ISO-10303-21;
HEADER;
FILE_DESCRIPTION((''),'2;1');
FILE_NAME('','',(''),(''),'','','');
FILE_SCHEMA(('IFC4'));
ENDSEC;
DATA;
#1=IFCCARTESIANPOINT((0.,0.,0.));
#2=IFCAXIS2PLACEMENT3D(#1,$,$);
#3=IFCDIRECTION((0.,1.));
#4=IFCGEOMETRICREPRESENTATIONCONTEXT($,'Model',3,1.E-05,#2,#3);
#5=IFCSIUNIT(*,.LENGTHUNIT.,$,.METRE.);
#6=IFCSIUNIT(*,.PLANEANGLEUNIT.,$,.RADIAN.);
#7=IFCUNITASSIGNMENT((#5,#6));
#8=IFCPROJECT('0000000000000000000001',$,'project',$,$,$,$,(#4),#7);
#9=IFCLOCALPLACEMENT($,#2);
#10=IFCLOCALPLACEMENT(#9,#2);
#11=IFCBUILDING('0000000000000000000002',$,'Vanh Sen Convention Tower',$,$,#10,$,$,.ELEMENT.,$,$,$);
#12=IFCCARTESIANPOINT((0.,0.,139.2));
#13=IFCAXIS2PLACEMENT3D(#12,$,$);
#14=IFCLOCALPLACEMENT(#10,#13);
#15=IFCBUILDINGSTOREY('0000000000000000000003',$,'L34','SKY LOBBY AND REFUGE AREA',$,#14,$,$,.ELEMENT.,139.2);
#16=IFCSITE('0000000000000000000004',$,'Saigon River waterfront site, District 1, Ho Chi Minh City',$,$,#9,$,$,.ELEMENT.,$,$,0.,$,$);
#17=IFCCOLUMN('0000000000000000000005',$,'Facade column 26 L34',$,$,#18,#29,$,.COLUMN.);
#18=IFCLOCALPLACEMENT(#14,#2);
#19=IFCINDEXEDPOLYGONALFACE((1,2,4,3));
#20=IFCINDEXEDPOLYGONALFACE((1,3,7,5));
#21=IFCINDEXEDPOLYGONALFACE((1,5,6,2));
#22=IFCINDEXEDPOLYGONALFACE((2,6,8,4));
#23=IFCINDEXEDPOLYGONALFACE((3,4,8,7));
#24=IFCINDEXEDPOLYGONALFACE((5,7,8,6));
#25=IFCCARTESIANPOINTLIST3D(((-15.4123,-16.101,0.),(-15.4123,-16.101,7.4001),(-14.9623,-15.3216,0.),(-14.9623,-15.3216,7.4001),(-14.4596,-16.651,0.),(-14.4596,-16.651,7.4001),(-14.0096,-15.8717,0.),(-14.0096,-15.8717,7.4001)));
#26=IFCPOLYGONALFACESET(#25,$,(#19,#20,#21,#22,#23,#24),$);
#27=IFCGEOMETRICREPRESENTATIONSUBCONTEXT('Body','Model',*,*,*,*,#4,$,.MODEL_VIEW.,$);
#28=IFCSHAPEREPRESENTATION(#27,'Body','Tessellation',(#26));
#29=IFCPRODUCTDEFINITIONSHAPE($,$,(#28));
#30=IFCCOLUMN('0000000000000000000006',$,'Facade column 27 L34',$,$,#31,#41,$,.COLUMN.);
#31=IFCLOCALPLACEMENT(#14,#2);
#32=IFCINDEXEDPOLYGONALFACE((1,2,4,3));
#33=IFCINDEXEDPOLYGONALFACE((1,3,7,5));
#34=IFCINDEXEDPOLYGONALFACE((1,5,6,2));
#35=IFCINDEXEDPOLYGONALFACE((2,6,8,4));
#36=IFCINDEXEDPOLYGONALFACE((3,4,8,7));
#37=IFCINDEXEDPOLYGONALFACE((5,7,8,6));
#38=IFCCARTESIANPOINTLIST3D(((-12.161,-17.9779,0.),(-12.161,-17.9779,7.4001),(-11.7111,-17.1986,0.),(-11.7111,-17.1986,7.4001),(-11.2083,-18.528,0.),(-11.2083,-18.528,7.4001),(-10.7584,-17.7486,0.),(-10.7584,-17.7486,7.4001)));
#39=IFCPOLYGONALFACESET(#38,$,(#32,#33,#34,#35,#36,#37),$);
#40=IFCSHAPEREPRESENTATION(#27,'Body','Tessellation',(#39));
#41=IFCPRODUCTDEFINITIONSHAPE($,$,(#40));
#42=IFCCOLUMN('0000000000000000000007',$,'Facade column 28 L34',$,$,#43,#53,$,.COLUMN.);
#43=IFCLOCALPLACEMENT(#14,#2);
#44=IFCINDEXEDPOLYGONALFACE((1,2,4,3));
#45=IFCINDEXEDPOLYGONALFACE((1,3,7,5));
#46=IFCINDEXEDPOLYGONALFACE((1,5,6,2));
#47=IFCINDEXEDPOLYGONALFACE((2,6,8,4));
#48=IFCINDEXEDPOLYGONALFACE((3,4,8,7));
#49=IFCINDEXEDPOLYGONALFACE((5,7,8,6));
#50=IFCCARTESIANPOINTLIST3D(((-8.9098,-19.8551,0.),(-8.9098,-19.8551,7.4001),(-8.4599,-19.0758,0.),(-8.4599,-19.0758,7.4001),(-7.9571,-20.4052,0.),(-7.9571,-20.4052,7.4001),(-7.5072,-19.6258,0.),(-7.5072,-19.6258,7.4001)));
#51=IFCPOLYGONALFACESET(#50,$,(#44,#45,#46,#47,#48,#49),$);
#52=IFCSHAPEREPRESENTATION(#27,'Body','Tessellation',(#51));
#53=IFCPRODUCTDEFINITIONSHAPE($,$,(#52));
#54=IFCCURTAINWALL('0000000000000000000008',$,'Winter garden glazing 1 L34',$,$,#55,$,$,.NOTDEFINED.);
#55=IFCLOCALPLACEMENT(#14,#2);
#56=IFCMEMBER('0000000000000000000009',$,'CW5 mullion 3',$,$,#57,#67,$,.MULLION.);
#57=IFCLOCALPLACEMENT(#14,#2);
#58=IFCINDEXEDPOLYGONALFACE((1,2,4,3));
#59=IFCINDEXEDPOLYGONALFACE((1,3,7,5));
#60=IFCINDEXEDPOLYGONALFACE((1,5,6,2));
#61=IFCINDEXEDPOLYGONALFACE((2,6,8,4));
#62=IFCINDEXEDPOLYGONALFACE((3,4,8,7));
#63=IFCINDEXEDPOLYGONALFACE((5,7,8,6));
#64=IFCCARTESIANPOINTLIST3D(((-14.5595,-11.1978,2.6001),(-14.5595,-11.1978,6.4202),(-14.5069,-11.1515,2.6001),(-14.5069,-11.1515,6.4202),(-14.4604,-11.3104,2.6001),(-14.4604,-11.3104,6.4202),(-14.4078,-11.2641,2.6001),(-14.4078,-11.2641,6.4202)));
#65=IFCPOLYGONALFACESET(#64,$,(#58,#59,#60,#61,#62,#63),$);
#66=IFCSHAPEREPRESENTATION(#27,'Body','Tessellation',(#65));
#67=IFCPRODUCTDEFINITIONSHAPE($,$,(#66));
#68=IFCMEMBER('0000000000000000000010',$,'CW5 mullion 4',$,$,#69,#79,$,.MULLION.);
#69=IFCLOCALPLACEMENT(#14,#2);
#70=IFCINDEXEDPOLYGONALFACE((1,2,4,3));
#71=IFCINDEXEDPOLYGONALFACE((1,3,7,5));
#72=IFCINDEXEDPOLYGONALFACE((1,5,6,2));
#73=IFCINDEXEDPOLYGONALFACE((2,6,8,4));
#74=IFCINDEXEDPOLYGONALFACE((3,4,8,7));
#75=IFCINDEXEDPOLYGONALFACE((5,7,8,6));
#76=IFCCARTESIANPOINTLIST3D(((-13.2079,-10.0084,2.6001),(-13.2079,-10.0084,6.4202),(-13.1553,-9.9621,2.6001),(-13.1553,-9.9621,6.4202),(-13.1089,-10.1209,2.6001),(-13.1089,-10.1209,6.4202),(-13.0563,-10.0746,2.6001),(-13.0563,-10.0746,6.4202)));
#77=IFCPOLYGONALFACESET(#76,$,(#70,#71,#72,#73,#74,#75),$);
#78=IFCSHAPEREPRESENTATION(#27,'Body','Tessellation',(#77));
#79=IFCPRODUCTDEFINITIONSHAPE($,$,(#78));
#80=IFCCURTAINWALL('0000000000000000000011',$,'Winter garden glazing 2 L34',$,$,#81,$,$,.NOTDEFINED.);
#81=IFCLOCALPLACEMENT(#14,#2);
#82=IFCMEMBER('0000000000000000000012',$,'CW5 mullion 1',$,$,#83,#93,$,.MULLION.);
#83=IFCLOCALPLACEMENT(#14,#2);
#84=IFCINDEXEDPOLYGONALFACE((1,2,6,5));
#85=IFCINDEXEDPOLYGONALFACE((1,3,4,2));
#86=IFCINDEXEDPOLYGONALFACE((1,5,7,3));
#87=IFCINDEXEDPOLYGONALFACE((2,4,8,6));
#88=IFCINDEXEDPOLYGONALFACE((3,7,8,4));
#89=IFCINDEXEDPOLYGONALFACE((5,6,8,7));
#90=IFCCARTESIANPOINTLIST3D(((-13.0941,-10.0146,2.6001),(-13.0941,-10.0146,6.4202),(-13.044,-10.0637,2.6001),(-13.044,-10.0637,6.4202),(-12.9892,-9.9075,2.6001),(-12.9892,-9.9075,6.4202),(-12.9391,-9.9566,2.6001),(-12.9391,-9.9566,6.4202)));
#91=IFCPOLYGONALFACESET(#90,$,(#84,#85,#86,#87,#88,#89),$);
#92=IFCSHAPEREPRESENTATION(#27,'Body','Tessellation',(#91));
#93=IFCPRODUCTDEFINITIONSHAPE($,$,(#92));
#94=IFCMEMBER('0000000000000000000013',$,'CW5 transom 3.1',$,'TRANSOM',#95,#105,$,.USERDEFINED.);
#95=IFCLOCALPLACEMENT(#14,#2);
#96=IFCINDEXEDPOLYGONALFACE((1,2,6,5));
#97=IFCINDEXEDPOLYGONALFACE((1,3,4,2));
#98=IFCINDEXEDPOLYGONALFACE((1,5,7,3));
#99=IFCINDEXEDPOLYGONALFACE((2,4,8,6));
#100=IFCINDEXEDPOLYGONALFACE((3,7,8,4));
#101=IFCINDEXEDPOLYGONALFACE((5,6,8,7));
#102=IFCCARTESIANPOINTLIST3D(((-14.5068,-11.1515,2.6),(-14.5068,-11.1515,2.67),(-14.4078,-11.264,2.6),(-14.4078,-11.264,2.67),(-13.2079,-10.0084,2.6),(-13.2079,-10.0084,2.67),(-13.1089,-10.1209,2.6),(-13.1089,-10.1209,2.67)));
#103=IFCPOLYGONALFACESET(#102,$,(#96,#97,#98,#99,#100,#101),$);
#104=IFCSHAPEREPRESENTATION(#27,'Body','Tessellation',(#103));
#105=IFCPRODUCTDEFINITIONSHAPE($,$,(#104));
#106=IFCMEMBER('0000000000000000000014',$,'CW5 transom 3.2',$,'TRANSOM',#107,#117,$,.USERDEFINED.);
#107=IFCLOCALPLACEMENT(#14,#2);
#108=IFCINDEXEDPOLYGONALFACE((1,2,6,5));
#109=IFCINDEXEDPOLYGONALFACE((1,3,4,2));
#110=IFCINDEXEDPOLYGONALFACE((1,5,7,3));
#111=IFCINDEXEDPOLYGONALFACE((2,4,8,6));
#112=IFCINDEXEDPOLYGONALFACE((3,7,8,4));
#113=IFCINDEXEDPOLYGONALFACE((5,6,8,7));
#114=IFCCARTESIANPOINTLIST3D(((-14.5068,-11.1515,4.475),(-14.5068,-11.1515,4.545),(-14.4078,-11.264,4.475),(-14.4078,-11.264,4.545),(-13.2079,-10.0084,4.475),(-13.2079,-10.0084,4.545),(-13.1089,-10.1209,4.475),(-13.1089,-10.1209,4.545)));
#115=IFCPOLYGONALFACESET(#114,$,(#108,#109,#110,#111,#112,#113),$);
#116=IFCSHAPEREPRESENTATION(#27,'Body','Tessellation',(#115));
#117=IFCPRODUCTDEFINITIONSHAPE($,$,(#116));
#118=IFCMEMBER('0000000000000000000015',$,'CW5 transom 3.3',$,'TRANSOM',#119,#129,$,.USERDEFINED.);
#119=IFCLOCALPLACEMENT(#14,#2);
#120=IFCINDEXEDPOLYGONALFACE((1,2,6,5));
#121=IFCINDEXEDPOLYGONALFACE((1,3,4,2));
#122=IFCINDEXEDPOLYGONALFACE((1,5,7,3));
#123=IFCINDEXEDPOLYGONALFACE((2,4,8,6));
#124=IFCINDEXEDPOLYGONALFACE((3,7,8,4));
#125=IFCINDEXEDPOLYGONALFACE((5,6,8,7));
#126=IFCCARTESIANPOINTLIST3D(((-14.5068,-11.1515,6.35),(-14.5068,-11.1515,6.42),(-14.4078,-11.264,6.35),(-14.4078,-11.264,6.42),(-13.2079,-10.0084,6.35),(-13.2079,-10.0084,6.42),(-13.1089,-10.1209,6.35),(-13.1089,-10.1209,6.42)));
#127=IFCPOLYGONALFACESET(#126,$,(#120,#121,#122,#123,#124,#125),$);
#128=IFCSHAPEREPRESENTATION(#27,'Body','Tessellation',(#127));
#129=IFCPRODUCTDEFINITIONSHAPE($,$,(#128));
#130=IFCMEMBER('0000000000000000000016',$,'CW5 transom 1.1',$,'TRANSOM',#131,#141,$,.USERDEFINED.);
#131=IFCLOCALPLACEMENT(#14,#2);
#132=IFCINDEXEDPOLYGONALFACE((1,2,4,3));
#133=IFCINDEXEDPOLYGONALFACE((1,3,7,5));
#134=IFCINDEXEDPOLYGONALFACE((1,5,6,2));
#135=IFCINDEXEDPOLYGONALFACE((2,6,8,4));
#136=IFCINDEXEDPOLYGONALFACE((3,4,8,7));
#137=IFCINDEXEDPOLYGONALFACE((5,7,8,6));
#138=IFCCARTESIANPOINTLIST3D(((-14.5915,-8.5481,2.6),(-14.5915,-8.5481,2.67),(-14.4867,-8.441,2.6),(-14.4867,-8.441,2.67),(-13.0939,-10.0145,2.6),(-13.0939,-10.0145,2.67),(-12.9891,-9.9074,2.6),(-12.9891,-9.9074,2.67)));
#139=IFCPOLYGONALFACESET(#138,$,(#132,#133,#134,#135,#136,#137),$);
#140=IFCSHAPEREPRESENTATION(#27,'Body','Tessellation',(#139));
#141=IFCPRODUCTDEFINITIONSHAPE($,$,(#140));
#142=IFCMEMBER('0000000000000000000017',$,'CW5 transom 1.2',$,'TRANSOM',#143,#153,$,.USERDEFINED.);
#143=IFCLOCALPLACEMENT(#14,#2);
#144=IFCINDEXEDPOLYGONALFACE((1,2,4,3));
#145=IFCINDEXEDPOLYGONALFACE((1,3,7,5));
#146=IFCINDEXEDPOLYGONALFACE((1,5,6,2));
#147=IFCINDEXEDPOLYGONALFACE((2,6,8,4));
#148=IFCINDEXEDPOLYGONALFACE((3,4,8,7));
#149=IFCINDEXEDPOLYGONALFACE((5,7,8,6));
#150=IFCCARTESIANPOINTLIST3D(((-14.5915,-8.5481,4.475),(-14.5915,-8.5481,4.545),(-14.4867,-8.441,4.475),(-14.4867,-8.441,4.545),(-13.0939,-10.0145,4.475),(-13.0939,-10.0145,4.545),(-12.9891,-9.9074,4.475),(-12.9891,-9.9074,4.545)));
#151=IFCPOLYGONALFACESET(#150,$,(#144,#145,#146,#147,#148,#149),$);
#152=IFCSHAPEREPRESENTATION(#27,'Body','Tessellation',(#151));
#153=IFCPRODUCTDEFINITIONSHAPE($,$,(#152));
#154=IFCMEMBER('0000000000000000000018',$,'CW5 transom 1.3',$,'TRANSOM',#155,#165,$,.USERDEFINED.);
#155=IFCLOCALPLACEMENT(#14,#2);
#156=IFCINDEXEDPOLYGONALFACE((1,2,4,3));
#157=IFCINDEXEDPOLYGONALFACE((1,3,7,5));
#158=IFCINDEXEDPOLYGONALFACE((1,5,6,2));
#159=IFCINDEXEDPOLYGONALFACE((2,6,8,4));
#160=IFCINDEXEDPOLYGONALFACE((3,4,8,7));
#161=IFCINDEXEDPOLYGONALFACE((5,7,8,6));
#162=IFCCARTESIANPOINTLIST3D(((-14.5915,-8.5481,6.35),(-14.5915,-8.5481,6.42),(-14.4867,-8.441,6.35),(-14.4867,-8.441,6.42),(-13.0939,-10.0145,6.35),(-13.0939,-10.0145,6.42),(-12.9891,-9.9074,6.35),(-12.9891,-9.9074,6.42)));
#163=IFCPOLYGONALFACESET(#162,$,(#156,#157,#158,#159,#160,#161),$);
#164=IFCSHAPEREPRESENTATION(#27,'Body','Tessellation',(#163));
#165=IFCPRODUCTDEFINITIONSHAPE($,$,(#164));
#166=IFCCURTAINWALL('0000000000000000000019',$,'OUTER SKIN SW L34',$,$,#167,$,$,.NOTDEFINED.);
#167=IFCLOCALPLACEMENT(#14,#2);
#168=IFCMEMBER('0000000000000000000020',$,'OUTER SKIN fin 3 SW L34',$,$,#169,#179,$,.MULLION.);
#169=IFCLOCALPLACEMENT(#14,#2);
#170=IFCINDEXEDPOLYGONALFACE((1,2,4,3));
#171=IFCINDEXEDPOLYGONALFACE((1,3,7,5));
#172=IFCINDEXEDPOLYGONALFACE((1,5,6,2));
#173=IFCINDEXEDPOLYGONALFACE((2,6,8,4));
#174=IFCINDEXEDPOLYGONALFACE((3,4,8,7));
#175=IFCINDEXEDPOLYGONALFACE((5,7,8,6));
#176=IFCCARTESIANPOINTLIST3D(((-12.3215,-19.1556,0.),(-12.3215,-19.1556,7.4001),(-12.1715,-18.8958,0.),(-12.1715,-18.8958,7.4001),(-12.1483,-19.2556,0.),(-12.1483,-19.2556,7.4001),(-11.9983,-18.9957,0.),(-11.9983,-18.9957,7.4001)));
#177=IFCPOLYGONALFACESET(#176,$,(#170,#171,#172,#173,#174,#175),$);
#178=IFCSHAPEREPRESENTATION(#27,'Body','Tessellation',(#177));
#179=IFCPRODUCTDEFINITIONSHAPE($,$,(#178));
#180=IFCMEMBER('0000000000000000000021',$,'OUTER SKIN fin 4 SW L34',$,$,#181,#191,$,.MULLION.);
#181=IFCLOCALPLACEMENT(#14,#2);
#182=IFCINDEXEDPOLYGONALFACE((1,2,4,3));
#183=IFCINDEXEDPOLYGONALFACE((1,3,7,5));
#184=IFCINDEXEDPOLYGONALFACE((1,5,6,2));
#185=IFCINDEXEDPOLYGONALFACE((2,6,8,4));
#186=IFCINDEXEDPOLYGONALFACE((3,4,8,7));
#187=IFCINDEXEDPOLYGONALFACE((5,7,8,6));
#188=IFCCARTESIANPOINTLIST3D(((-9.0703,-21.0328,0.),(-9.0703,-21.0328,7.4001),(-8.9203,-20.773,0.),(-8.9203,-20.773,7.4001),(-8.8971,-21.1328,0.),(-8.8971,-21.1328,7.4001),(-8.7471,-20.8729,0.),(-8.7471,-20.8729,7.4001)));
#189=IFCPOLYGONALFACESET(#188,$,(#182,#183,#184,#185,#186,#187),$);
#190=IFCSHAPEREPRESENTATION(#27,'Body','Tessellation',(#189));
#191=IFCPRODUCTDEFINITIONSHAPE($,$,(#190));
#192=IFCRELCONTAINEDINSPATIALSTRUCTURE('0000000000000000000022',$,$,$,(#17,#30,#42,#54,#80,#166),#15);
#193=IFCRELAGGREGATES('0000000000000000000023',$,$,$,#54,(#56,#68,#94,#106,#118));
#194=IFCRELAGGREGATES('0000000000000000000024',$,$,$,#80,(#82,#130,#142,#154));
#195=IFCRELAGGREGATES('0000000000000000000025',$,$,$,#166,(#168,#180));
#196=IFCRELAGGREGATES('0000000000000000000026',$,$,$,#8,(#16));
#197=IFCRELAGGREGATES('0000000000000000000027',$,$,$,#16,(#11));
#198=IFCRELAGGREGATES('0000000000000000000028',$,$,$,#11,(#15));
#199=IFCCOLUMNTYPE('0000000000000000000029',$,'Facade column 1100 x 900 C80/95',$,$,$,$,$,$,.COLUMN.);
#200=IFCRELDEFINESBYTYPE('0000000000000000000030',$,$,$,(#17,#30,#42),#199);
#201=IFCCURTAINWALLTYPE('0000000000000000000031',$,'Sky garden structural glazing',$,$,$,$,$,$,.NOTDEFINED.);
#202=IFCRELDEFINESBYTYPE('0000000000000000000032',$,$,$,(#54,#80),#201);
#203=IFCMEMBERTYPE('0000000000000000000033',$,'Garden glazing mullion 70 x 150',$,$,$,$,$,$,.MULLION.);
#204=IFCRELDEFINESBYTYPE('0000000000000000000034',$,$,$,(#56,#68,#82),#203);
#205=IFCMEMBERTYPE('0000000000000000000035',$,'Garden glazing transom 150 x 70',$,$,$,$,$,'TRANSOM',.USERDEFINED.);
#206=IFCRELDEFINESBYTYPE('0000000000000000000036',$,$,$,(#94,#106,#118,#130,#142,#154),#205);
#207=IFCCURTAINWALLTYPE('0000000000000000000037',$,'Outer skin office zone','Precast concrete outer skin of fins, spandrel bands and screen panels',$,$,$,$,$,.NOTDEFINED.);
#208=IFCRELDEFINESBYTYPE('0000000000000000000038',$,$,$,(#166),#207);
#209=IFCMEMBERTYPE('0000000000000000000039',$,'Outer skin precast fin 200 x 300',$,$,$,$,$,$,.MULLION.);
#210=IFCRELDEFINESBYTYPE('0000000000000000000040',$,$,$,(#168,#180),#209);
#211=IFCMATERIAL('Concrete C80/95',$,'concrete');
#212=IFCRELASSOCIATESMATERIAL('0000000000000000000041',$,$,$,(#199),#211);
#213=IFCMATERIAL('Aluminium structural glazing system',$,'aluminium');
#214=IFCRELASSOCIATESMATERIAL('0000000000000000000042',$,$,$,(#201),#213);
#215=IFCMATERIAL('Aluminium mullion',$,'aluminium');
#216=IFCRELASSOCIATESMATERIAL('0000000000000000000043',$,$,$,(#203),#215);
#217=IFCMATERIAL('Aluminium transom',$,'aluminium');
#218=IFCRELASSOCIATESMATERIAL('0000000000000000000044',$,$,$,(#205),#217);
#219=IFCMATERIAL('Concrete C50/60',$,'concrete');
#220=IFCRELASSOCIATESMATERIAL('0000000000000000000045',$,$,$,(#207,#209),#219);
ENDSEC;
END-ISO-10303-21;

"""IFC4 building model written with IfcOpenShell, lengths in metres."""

from ifc_helpers import new_model, si_unit, direction, frame, origin, origin_2d, place, context, subcontext, project, spatial, rectangle, extrude, material, material_profile, profile_set, type_object, element, aggregate, save


model = new_model("IFC4")

# Units and contexts
model_context = context("Model", 3, precision=1e-05, world=origin(), true_north=direction((0.0, 1.0)))
body_context = subcontext(model_context, "Body", "Model", "MODEL_VIEW")
ifc_project = project(units=[si_unit("LENGTHUNIT", "METRE"), si_unit("PLANEANGLEUNIT", "RADIAN")], contexts=[model_context])

# Site, building, storey
site_placement = place(None, origin())
site = spatial("IfcSite", under=ifc_project, at=site_placement, Name="Saigon River waterfront site, District 1, Ho Chi Minh City", CompositionType="ELEMENT", RefElevation=0.0)
building_placement = place(site_placement, origin())
building = spatial("IfcBuilding", under=site, at=building_placement, Name="Vanh Sen Convention Tower", CompositionType="ELEMENT")
storey_placement = place(building_placement, frame((0.0, 0.0, 139.2)))
storey = spatial("IfcBuildingStorey", under=building, at=storey_placement, Name="L34", Description="SKY LOBBY AND REFUGE AREA", CompositionType="ELEMENT", Elevation=139.2)

# Columns
ifc_material_1 = material(Name="Concrete C80/95", Category="concrete")
ifc_material_profile_1 = material_profile(ifc_material_1, rectangle(XDim=1.1001, YDim=0.8999, at=origin_2d()), Name="RC 1100X900")
ifc_profile_set_1 = profile_set([ifc_material_profile_1], Name="Concrete C80/95")
column_type = type_object("IfcColumnType", Name="Facade column 1100 x 900 C80/95", PredefinedType="COLUMN", material=ifc_profile_set_1)
for number, where, z_axis, x_axis, name in (
    (1, (-14.7109, -15.9863, 0.0), (0.0, 0.0, 1.0), (0.866025, -0.5, 0.0), "Facade column 26 L34"),
    (2, (-11.4597, -17.8633, 0.0), (0.0, 0.0, 1.0), (0.866025, -0.5, 0.0), "Facade column 27 L34"),
    (3, (-8.2085, -19.7405, 0.0), (0.0, 0.0, 1.0), (0.866025, -0.5, 0.0), "Facade column 28 L34"),
):
    element("IfcColumn", number, at=place(storey_placement, frame(where, z_axis=z_axis, x_axis=x_axis)), inside=storey, type_object=column_type, Name=name, PredefinedType="COLUMN", context=body_context, shape_type="SweptSolid", body=[
        extrude(rectangle(XDim=1.1001, YDim=0.8999, at=origin_2d()), origin(), (0.0, 0.0, 1.0), 7.4001),
    ])

# Curtain wall, members
ifc_material_2 = material(Name="Aluminium structural glazing system", Category="aluminium")
curtain_wall_type_1 = type_object("IfcCurtainWallType", Name="Sky garden structural glazing", PredefinedType="NOTDEFINED", material=ifc_material_2)
curtain_wall_1_placement = place(storey_placement, origin())
curtain_wall_1 = element("IfcCurtainWall", 4, at=curtain_wall_1_placement, inside=storey, type_object=curtain_wall_type_1, Name="Winter garden glazing 1 L34", PredefinedType="NOTDEFINED")
ifc_material_3 = material(Name="Aluminium mullion", Category="aluminium")
ifc_material_profile_2 = material_profile(ifc_material_3, rectangle(XDim=0.1499, YDim=0.0701, at=origin_2d()), Name="Garden glazing mullion 70 x 150")
ifc_profile_set_2 = profile_set([ifc_material_profile_2], Name="Aluminium mullion")
member_type_1 = type_object("IfcMemberType", Name="Garden glazing mullion 70 x 150", PredefinedType="MULLION", material=ifc_profile_set_2)
member_1_placement = place(storey_placement, frame((-14.4836, -11.231, 2.6001), z_axis=(0.0, 0.0, 1.0), x_axis=(-0.660648, 0.750696, 0.0)))
member_1 = element("IfcMember", 5, at=member_1_placement, type_object=member_type_1, Name="CW5 mullion 3", PredefinedType="MULLION", context=body_context, shape_type="SweptSolid", body=[
    extrude(rectangle(XDim=0.1499, YDim=0.0701, at=origin_2d()), origin(), (0.0, 0.0, 1.0), 3.8201),
])
member_2_placement = place(storey_placement, frame((-13.1321, -10.0415, 2.6001), z_axis=(0.0, 0.0, 1.0), x_axis=(-0.660648, 0.750696, 0.0)))
member_2 = element("IfcMember", 6, at=member_2_placement, type_object=member_type_1, Name="CW5 mullion 4", PredefinedType="MULLION", context=body_context, shape_type="SweptSolid", body=[
    extrude(rectangle(XDim=0.1499, YDim=0.0701, at=origin_2d()), origin(), (0.0, 0.0, 1.0), 3.8201),
])

# Curtain wall, member
curtain_wall_2_placement = place(storey_placement, origin())
curtain_wall_2 = element("IfcCurtainWall", 7, at=curtain_wall_2_placement, inside=storey, type_object=curtain_wall_type_1, Name="Winter garden glazing 2 L34", PredefinedType="NOTDEFINED")
member_3_placement = place(storey_placement, frame((-13.0166, -9.9856, 2.6001), z_axis=(0.0, 0.0, 1.0), x_axis=(-0.699666, -0.71447, 0.0)))
member_3 = element("IfcMember", 8, at=member_3_placement, type_object=member_type_1, Name="CW5 mullion 1", PredefinedType="MULLION", context=body_context, shape_type="SweptSolid", body=[
    extrude(rectangle(XDim=0.1499, YDim=0.0701, at=origin_2d()), origin(), (0.0, 0.0, 1.0), 3.8201),
])

# Members
ifc_material_4 = material(Name="Aluminium transom", Category="aluminium")
ifc_material_profile_3 = material_profile(ifc_material_4, rectangle(XDim=0.1499, YDim=0.0701, at=origin_2d()), Name="Garden glazing transom 150 x 70")
ifc_profile_set_3 = profile_set([ifc_material_profile_3], Name="Aluminium transom")
member_type_2 = type_object("IfcMemberType", Name="Garden glazing transom 150 x 70", ElementType="TRANSOM", PredefinedType="USERDEFINED", material=ifc_profile_set_3)
member_4_placement = place(storey_placement, frame((-14.4573, -11.2078, 2.635), z_axis=(0.750686, 0.66066, 0.0), x_axis=(-0.66066, 0.750686, 0.0)))
member_4 = element("IfcMember", 9, at=member_4_placement, type_object=member_type_2, Name="CW5 transom 3.1", ObjectType="TRANSOM", PredefinedType="USERDEFINED", context=body_context, shape_type="SweptSolid", body=[
    extrude(rectangle(XDim=0.1499, YDim=0.0701, at=origin_2d()), origin(), (0.0, 0.0, 1.0), 1.7302),
])
member_5_placement = place(storey_placement, frame((-14.4573, -11.2078, 4.51), z_axis=(0.750686, 0.66066, 0.0), x_axis=(-0.66066, 0.750686, 0.0)))
member_5 = element("IfcMember", 10, at=member_5_placement, type_object=member_type_2, Name="CW5 transom 3.2", ObjectType="TRANSOM", PredefinedType="USERDEFINED", context=body_context, shape_type="SweptSolid", body=[
    extrude(rectangle(XDim=0.1499, YDim=0.0701, at=origin_2d()), origin(), (0.0, 0.0, 1.0), 1.7302),
])
member_6_placement = place(storey_placement, frame((-14.4573, -11.2078, 6.385), z_axis=(0.750686, 0.66066, 0.0), x_axis=(-0.66066, 0.750686, 0.0)))
member_6 = element("IfcMember", 11, at=member_6_placement, type_object=member_type_2, Name="CW5 transom 3.3", ObjectType="TRANSOM", PredefinedType="USERDEFINED", context=body_context, shape_type="SweptSolid", body=[
    extrude(rectangle(XDim=0.1499, YDim=0.0701, at=origin_2d()), origin(), (0.0, 0.0, 1.0), 1.7302),
])
member_7_placement = place(storey_placement, frame((-13.0415, -9.9609, 2.635), z_axis=(-0.714523, 0.699612, 0.0), x_axis=(-0.699612, -0.714523, 0.0)))
member_7 = element("IfcMember", 12, at=member_7_placement, type_object=member_type_2, Name="CW5 transom 1.1", ObjectType="TRANSOM", PredefinedType="USERDEFINED", context=body_context, shape_type="SweptSolid", body=[
    extrude(rectangle(XDim=0.1499, YDim=0.0701, at=origin_2d()), origin(), (0.0, 0.0, 1.0), 2.0959),
])
member_8_placement = place(storey_placement, frame((-13.0415, -9.9609, 4.51), z_axis=(-0.714523, 0.699612, 0.0), x_axis=(-0.699612, -0.714523, 0.0)))
member_8 = element("IfcMember", 13, at=member_8_placement, type_object=member_type_2, Name="CW5 transom 1.2", ObjectType="TRANSOM", PredefinedType="USERDEFINED", context=body_context, shape_type="SweptSolid", body=[
    extrude(rectangle(XDim=0.1499, YDim=0.0701, at=origin_2d()), origin(), (0.0, 0.0, 1.0), 2.0959),
])
member_9_placement = place(storey_placement, frame((-13.0415, -9.9609, 6.385), z_axis=(-0.714523, 0.699612, 0.0), x_axis=(-0.699612, -0.714523, 0.0)))
member_9 = element("IfcMember", 14, at=member_9_placement, type_object=member_type_2, Name="CW5 transom 1.3", ObjectType="TRANSOM", PredefinedType="USERDEFINED", context=body_context, shape_type="SweptSolid", body=[
    extrude(rectangle(XDim=0.1499, YDim=0.0701, at=origin_2d()), origin(), (0.0, 0.0, 1.0), 2.0959),
])

# Curtain wall, members
ifc_material_5 = material(Name="Concrete C50/60", Category="concrete")
curtain_wall_type_2 = type_object("IfcCurtainWallType", Name="Outer skin office zone", Description="Precast concrete outer skin of fins, spandrel bands and screen panels", PredefinedType="NOTDEFINED", material=ifc_material_5)
curtain_wall_3_placement = place(storey_placement, origin())
curtain_wall_3 = element("IfcCurtainWall", 15, at=curtain_wall_3_placement, inside=storey, type_object=curtain_wall_type_2, Name="OUTER SKIN SW L34", PredefinedType="NOTDEFINED")
ifc_material_profile_4 = material_profile(ifc_material_5, rectangle(XDim=0.2, YDim=0.3, at=origin_2d()), Name="Outer skin precast fin 200 x 300")
ifc_profile_set_4 = profile_set([ifc_material_profile_4], Name="Concrete C50/60")
member_type_3 = type_object("IfcMemberType", Name="Outer skin precast fin 200 x 300", PredefinedType="MULLION", material=ifc_profile_set_4)
member_10_placement = place(storey_placement, frame((-12.1599, -19.0757, 0.0), z_axis=(0.0, 0.0, 1.0), x_axis=(0.866025, -0.5, 0.0)))
member_10 = element("IfcMember", 16, at=member_10_placement, type_object=member_type_3, Name="OUTER SKIN fin 3 SW L34", PredefinedType="MULLION", context=body_context, shape_type="SweptSolid", body=[
    extrude(rectangle(XDim=0.2, YDim=0.3, at=origin_2d()), origin(), (0.0, 0.0, 1.0), 7.4001),
])
member_11_placement = place(storey_placement, frame((-8.9087, -20.9529, 0.0), z_axis=(0.0, 0.0, 1.0), x_axis=(0.866025, -0.5, 0.0)))
member_11 = element("IfcMember", 17, at=member_11_placement, type_object=member_type_3, Name="OUTER SKIN fin 4 SW L34", PredefinedType="MULLION", context=body_context, shape_type="SweptSolid", body=[
    extrude(rectangle(XDim=0.2, YDim=0.3, at=origin_2d()), origin(), (0.0, 0.0, 1.0), 7.4001),
])

aggregate(curtain_wall_1, [member_1, member_2, member_4, member_5, member_6])
aggregate(curtain_wall_2, [member_3, member_7, member_8, member_9])
aggregate(curtain_wall_3, [member_10, member_11])

save(model, "model.ifc")
